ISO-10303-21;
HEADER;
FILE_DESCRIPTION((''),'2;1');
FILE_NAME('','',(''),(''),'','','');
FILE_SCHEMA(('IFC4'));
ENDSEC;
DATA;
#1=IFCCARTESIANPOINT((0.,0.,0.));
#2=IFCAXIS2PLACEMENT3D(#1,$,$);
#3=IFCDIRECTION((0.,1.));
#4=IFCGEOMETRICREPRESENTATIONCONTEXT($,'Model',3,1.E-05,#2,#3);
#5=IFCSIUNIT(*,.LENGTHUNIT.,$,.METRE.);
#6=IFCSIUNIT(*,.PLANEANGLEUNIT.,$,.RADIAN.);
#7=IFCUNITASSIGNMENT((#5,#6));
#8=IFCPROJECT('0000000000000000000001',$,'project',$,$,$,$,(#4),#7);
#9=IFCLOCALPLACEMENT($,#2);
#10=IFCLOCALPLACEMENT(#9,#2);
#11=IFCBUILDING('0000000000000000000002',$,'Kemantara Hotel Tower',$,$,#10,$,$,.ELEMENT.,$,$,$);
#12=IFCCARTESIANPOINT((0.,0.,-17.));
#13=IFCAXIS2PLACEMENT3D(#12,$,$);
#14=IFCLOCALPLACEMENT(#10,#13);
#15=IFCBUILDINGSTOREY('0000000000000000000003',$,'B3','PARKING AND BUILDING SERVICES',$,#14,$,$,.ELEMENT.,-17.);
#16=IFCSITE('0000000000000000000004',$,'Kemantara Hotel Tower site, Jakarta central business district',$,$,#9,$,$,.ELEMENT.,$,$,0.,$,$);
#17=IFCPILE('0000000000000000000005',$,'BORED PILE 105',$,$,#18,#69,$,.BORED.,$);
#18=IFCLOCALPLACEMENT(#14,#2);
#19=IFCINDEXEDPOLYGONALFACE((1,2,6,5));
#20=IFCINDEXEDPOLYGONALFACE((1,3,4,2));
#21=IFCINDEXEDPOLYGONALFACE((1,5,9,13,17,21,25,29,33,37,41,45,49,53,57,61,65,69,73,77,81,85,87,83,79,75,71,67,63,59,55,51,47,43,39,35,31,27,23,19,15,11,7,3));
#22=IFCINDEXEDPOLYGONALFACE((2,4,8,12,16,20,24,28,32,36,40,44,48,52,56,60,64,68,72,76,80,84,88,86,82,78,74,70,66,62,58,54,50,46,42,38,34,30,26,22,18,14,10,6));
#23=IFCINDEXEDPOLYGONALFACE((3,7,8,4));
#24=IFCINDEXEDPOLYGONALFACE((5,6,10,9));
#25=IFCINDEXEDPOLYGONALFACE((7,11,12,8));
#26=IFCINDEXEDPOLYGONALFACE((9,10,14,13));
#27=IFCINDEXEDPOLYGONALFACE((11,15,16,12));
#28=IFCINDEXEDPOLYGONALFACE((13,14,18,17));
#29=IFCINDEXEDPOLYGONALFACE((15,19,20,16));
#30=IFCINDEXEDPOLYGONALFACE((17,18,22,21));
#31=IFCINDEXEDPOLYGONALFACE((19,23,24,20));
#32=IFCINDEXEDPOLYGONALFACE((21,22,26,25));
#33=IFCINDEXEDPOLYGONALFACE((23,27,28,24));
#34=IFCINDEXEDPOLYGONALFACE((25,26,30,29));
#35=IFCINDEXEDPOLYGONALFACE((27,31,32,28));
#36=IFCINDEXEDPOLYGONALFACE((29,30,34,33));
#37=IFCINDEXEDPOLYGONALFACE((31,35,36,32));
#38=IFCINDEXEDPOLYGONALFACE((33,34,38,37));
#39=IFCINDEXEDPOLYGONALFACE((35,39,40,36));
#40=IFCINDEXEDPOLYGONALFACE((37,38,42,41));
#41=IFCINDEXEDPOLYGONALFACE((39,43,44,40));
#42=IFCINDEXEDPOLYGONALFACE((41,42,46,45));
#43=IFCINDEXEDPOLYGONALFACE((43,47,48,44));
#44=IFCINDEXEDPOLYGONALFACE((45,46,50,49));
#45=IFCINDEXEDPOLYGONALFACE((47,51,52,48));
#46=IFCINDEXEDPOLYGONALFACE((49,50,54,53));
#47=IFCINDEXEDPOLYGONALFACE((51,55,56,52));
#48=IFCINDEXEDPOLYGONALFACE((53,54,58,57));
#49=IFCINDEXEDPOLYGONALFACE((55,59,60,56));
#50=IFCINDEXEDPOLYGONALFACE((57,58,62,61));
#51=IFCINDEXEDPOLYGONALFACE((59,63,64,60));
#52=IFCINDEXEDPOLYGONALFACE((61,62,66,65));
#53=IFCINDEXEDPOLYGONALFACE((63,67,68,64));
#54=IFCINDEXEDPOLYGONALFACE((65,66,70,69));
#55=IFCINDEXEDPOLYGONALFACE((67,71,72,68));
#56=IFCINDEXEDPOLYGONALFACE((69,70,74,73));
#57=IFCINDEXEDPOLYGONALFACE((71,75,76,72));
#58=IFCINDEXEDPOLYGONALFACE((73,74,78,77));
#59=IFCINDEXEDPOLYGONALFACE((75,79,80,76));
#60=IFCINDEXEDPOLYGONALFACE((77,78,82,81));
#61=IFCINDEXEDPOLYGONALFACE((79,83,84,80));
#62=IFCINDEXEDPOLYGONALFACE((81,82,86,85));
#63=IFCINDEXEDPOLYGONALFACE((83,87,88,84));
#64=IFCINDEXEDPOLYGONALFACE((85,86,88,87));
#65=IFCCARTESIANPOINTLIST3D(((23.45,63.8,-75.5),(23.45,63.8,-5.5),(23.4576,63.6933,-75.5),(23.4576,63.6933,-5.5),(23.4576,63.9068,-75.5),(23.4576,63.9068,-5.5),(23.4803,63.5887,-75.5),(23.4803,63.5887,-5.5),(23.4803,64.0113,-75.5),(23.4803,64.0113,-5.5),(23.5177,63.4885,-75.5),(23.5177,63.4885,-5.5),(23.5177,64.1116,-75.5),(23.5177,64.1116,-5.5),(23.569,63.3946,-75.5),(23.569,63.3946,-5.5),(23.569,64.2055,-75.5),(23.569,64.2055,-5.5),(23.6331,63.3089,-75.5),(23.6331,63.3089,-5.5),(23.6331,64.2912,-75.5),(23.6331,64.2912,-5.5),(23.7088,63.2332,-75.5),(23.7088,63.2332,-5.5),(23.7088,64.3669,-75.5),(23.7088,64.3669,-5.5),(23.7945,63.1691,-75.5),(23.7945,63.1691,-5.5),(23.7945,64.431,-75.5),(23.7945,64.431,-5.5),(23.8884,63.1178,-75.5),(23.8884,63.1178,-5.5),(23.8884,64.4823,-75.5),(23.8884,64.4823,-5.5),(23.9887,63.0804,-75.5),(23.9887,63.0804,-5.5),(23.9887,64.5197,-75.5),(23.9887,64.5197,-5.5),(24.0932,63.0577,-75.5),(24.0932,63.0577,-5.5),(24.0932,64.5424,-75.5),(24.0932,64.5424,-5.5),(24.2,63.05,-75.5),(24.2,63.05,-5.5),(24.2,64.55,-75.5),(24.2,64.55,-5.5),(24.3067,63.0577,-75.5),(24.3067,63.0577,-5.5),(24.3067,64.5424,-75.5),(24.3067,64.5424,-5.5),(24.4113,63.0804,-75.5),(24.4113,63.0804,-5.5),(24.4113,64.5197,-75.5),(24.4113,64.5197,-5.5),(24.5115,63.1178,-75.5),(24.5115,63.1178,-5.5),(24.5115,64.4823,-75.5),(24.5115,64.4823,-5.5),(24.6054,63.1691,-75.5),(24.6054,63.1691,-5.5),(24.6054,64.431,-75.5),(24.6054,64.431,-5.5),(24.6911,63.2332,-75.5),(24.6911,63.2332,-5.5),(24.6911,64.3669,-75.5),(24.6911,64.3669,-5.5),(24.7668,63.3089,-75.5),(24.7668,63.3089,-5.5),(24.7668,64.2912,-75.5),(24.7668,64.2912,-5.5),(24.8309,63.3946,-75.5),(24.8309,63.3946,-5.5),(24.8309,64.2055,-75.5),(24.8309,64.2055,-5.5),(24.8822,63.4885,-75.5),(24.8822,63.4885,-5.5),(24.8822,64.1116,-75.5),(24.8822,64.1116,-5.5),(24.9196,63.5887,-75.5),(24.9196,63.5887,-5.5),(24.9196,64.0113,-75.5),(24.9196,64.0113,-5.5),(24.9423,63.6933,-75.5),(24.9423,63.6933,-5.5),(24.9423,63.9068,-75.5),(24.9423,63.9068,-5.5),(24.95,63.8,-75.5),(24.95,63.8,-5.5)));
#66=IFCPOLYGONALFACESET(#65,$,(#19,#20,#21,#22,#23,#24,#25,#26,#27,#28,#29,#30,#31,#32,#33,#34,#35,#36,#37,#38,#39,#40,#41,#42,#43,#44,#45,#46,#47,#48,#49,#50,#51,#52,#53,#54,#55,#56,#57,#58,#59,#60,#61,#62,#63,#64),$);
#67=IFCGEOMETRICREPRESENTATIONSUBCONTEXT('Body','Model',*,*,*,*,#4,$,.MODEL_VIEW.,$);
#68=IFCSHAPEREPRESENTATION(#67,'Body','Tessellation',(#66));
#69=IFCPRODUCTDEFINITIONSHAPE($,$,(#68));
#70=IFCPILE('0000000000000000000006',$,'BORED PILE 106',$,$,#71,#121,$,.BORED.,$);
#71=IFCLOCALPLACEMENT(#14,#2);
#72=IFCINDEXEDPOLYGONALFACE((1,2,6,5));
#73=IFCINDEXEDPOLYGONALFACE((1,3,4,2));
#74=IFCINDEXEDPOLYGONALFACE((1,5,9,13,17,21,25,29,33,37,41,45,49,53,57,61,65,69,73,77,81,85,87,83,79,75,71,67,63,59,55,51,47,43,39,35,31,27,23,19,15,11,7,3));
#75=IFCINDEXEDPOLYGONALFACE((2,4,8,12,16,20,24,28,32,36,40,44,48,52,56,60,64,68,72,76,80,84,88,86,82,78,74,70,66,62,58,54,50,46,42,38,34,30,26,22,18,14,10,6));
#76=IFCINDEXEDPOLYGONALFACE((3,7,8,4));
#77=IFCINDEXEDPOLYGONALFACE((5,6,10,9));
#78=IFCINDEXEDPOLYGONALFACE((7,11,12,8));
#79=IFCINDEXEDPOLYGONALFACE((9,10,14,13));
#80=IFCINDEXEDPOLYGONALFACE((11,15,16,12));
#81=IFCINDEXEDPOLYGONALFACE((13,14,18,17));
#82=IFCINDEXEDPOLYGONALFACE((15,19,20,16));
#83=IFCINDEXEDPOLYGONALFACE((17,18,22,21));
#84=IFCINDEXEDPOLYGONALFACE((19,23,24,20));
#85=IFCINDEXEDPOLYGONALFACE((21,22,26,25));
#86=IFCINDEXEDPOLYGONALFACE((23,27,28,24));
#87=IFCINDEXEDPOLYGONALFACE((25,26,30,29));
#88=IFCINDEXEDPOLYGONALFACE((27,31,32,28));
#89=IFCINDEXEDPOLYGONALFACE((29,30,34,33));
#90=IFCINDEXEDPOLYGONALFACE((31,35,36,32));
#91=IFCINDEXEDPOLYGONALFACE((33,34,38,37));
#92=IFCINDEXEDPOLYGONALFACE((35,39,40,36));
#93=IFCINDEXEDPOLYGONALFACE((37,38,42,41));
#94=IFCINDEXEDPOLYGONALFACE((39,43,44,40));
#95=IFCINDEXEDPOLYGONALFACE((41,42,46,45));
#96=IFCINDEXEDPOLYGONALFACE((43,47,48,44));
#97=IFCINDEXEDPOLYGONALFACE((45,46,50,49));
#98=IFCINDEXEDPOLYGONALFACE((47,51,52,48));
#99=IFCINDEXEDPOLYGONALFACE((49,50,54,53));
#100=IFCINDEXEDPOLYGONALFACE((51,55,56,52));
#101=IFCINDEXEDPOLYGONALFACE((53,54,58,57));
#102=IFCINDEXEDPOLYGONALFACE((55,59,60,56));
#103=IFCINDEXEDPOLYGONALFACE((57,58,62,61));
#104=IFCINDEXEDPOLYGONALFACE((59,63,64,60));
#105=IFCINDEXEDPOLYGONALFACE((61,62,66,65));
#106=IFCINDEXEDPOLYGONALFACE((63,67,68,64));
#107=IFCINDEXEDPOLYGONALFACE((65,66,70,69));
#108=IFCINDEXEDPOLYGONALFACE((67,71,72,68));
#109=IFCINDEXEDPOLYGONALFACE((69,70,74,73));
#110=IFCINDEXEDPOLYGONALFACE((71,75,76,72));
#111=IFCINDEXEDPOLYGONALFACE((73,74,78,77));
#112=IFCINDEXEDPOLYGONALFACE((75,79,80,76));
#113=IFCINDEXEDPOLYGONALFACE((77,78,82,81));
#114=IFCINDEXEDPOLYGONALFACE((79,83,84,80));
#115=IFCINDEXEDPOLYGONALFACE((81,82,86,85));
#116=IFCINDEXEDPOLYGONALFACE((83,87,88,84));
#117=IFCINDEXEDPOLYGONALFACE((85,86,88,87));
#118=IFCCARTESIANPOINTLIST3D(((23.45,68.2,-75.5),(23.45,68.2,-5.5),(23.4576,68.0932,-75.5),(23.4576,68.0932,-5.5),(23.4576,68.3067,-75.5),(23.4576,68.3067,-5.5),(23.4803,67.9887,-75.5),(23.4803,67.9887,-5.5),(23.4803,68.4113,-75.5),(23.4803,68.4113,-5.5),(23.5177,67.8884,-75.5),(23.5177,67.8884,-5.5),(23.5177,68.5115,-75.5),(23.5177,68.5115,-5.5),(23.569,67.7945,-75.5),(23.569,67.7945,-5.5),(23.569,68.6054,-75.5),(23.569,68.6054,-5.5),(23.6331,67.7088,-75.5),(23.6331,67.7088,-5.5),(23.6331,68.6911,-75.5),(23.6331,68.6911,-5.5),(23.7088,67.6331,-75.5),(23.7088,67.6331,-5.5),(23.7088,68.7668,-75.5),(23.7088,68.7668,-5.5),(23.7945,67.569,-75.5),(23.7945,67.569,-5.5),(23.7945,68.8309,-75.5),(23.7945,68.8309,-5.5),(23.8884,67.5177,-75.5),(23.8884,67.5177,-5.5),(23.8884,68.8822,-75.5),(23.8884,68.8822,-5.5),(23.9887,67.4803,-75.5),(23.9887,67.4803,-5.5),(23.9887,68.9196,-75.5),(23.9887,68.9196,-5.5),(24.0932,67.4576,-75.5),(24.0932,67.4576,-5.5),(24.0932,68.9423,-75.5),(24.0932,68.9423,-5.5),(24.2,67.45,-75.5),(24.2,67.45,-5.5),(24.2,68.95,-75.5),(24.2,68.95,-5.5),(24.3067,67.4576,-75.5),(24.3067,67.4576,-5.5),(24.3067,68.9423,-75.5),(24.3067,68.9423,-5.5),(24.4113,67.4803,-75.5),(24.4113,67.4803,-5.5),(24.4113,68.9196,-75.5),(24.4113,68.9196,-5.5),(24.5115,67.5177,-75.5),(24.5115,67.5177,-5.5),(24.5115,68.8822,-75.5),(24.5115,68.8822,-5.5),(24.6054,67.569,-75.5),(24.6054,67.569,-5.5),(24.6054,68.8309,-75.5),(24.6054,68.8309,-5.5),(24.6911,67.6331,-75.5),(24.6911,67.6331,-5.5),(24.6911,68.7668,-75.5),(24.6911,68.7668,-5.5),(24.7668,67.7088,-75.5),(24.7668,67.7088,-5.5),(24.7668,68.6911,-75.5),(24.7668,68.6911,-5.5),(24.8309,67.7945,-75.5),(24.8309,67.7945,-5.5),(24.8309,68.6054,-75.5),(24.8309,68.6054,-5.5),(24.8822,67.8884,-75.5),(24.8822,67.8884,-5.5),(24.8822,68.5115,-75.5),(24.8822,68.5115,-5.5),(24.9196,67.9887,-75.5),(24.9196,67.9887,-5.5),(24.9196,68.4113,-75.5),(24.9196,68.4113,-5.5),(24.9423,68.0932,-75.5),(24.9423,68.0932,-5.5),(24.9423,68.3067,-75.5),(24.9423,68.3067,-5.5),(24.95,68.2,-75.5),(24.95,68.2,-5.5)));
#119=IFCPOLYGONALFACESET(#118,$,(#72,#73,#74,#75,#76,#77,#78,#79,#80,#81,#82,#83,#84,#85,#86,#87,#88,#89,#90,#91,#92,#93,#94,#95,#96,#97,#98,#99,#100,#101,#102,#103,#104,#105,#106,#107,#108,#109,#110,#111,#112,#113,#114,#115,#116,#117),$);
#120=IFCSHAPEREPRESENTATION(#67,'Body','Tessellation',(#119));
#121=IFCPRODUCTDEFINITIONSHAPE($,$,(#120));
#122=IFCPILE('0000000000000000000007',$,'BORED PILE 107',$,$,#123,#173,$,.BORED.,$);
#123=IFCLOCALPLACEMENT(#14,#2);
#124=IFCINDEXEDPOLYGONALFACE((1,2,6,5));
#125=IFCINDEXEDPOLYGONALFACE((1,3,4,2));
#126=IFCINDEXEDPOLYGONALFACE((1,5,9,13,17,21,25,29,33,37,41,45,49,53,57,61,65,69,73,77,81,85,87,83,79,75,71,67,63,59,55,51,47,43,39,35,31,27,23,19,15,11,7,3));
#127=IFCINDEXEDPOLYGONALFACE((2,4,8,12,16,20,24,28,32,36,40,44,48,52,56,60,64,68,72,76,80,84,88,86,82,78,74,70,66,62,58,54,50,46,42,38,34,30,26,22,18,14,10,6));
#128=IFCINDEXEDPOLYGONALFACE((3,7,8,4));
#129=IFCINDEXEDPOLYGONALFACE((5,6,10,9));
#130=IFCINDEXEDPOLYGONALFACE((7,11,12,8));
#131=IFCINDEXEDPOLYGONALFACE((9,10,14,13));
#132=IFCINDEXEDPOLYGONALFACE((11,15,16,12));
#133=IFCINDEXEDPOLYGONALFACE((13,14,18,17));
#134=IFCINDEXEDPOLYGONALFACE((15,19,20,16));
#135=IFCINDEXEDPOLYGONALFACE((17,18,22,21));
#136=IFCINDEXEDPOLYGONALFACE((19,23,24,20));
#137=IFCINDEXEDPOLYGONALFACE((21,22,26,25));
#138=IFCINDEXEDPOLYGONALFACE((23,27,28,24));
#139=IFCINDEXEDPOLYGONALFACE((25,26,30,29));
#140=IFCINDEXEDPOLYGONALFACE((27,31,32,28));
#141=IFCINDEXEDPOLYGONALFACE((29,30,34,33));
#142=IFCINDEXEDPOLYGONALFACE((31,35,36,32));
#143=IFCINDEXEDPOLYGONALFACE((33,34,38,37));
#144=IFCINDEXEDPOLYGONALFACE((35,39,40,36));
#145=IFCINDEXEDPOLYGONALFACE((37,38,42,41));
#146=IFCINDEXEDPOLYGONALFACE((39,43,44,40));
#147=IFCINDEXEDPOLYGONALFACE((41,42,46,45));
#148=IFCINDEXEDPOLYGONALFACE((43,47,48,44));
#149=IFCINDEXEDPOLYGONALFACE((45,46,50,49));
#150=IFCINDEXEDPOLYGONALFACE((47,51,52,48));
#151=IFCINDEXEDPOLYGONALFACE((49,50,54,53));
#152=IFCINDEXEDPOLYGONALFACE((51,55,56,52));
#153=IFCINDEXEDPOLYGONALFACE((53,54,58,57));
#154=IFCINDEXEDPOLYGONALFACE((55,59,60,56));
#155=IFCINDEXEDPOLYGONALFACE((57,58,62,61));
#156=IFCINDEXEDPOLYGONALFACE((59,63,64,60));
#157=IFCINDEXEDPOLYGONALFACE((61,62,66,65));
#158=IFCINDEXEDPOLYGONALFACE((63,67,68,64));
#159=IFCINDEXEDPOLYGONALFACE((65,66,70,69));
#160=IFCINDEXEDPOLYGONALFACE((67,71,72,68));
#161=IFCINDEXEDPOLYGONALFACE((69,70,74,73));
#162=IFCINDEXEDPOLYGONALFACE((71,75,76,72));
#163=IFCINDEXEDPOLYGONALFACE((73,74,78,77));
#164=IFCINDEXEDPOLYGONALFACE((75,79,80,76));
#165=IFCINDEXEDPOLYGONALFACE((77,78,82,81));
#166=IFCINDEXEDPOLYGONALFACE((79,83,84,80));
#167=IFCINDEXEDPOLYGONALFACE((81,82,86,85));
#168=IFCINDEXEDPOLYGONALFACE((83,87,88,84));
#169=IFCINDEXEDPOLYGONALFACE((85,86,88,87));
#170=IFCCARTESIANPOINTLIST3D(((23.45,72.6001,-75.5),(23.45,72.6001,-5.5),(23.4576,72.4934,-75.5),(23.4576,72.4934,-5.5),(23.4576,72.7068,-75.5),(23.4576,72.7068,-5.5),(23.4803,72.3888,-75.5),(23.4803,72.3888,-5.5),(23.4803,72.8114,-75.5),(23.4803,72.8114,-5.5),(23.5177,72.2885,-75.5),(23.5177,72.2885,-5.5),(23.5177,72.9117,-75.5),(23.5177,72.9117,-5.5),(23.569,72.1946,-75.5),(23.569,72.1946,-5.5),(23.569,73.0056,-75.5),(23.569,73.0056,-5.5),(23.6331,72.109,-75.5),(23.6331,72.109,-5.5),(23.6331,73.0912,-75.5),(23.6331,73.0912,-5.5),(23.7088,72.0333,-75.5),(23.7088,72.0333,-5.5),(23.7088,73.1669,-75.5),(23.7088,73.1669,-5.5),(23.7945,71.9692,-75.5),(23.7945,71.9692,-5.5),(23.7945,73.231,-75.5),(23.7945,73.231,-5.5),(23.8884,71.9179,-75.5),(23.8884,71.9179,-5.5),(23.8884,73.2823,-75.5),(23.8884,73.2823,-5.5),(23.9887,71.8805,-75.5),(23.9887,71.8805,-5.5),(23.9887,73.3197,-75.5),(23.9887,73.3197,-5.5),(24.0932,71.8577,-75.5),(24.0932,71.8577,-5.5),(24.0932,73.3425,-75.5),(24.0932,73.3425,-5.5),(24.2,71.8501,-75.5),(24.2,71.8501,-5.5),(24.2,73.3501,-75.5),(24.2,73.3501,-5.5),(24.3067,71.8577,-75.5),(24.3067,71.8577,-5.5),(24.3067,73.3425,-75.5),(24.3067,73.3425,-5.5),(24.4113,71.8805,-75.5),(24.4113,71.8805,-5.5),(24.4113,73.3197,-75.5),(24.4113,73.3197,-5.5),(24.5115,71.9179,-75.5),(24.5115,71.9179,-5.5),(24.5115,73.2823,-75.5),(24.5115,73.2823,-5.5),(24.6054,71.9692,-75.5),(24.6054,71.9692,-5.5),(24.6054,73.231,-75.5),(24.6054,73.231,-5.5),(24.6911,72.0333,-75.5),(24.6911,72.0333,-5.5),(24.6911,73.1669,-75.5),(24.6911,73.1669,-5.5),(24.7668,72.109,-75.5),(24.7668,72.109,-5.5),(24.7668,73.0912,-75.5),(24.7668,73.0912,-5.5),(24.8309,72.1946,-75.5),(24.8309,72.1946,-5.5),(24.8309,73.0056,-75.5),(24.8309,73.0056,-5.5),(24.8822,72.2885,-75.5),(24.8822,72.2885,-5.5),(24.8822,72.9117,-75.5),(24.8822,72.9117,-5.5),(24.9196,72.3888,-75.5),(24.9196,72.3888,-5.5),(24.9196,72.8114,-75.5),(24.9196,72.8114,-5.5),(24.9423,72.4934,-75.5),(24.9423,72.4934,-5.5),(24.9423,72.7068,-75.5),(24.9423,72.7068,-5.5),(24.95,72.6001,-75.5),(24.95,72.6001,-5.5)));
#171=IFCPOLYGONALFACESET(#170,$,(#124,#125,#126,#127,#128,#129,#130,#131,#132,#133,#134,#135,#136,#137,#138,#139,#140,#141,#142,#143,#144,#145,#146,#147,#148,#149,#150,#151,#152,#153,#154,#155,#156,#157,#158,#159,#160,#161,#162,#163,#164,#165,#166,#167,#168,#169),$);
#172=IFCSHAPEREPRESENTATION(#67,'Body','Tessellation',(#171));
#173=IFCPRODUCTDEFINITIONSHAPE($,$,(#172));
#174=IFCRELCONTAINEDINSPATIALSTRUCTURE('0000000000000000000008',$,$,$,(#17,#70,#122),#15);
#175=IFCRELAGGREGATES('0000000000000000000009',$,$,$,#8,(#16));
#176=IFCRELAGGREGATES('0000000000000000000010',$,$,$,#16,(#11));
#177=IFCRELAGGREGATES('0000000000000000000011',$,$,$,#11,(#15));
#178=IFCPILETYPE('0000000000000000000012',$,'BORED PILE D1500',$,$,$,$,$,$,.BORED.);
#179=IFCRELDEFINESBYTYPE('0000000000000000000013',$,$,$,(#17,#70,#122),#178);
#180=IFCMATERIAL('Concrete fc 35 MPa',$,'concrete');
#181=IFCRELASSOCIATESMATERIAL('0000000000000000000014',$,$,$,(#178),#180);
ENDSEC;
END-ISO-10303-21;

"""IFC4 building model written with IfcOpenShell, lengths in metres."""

from ifc_helpers import new_model, si_unit, direction, frame, origin, origin_2d, place, context, subcontext, project, spatial, circle, extrude, material, material_profile, profile_set, type_object, element, save


model = new_model("IFC4")

# Units and contexts
model_context = context("Model", 3, precision=1e-05, world=origin(), true_north=direction((0.0, 1.0)))
body_context = subcontext(model_context, "Body", "Model", "MODEL_VIEW")
ifc_project = project(units=[si_unit("LENGTHUNIT", "METRE"), si_unit("PLANEANGLEUNIT", "RADIAN")], contexts=[model_context])

# Site, building, storey
site_placement = place(None, origin())
site = spatial("IfcSite", under=ifc_project, at=site_placement, Name="Kemantara Hotel Tower site, Jakarta central business district", CompositionType="ELEMENT", RefElevation=0.0)
building_placement = place(site_placement, origin())
building = spatial("IfcBuilding", under=site, at=building_placement, Name="Kemantara Hotel Tower", CompositionType="ELEMENT")
storey_placement = place(building_placement, frame((0.0, 0.0, -17.0)))
storey = spatial("IfcBuildingStorey", under=building, at=storey_placement, Name="B3", Description="PARKING AND BUILDING SERVICES", CompositionType="ELEMENT", Elevation=-17.0)

# Piles
ifc_material_1 = material(Name="Concrete fc 35 MPa", Category="concrete")
ifc_material_profile_1 = material_profile(ifc_material_1, circle(Radius=0.75, at=origin_2d()), Name="BORED PILE D1500")
ifc_profile_set_1 = profile_set([ifc_material_profile_1], Name="Concrete fc 35 MPa")
pile_type = type_object("IfcPileType", Name="BORED PILE D1500", PredefinedType="BORED", material=ifc_profile_set_1)
for number, where, z_axis, x_axis, name in (
    (1, (24.2, 63.8, -5.5), (0.0, 0.0, -1.0), (1.0, 0.0, 0.0), "BORED PILE 105"),
    (2, (24.2, 68.2, -5.5), (0.0, 0.0, -1.0), (1.0, 0.0, 0.0), "BORED PILE 106"),
    (3, (24.2, 72.6001, -5.5), (0.0, 0.0, -1.0), (1.0, 0.0, 0.0), "BORED PILE 107"),
):
    element("IfcPile", number, at=place(storey_placement, frame(where, z_axis=z_axis, x_axis=x_axis)), inside=storey, type_object=pile_type, Name=name, PredefinedType="BORED", context=body_context, shape_type="SweptSolid", body=[
        extrude(circle(Radius=0.75, at=origin_2d()), origin(), (0.0, 0.0, 1.0), 70.0),
    ])

save(model, "model.ifc")
